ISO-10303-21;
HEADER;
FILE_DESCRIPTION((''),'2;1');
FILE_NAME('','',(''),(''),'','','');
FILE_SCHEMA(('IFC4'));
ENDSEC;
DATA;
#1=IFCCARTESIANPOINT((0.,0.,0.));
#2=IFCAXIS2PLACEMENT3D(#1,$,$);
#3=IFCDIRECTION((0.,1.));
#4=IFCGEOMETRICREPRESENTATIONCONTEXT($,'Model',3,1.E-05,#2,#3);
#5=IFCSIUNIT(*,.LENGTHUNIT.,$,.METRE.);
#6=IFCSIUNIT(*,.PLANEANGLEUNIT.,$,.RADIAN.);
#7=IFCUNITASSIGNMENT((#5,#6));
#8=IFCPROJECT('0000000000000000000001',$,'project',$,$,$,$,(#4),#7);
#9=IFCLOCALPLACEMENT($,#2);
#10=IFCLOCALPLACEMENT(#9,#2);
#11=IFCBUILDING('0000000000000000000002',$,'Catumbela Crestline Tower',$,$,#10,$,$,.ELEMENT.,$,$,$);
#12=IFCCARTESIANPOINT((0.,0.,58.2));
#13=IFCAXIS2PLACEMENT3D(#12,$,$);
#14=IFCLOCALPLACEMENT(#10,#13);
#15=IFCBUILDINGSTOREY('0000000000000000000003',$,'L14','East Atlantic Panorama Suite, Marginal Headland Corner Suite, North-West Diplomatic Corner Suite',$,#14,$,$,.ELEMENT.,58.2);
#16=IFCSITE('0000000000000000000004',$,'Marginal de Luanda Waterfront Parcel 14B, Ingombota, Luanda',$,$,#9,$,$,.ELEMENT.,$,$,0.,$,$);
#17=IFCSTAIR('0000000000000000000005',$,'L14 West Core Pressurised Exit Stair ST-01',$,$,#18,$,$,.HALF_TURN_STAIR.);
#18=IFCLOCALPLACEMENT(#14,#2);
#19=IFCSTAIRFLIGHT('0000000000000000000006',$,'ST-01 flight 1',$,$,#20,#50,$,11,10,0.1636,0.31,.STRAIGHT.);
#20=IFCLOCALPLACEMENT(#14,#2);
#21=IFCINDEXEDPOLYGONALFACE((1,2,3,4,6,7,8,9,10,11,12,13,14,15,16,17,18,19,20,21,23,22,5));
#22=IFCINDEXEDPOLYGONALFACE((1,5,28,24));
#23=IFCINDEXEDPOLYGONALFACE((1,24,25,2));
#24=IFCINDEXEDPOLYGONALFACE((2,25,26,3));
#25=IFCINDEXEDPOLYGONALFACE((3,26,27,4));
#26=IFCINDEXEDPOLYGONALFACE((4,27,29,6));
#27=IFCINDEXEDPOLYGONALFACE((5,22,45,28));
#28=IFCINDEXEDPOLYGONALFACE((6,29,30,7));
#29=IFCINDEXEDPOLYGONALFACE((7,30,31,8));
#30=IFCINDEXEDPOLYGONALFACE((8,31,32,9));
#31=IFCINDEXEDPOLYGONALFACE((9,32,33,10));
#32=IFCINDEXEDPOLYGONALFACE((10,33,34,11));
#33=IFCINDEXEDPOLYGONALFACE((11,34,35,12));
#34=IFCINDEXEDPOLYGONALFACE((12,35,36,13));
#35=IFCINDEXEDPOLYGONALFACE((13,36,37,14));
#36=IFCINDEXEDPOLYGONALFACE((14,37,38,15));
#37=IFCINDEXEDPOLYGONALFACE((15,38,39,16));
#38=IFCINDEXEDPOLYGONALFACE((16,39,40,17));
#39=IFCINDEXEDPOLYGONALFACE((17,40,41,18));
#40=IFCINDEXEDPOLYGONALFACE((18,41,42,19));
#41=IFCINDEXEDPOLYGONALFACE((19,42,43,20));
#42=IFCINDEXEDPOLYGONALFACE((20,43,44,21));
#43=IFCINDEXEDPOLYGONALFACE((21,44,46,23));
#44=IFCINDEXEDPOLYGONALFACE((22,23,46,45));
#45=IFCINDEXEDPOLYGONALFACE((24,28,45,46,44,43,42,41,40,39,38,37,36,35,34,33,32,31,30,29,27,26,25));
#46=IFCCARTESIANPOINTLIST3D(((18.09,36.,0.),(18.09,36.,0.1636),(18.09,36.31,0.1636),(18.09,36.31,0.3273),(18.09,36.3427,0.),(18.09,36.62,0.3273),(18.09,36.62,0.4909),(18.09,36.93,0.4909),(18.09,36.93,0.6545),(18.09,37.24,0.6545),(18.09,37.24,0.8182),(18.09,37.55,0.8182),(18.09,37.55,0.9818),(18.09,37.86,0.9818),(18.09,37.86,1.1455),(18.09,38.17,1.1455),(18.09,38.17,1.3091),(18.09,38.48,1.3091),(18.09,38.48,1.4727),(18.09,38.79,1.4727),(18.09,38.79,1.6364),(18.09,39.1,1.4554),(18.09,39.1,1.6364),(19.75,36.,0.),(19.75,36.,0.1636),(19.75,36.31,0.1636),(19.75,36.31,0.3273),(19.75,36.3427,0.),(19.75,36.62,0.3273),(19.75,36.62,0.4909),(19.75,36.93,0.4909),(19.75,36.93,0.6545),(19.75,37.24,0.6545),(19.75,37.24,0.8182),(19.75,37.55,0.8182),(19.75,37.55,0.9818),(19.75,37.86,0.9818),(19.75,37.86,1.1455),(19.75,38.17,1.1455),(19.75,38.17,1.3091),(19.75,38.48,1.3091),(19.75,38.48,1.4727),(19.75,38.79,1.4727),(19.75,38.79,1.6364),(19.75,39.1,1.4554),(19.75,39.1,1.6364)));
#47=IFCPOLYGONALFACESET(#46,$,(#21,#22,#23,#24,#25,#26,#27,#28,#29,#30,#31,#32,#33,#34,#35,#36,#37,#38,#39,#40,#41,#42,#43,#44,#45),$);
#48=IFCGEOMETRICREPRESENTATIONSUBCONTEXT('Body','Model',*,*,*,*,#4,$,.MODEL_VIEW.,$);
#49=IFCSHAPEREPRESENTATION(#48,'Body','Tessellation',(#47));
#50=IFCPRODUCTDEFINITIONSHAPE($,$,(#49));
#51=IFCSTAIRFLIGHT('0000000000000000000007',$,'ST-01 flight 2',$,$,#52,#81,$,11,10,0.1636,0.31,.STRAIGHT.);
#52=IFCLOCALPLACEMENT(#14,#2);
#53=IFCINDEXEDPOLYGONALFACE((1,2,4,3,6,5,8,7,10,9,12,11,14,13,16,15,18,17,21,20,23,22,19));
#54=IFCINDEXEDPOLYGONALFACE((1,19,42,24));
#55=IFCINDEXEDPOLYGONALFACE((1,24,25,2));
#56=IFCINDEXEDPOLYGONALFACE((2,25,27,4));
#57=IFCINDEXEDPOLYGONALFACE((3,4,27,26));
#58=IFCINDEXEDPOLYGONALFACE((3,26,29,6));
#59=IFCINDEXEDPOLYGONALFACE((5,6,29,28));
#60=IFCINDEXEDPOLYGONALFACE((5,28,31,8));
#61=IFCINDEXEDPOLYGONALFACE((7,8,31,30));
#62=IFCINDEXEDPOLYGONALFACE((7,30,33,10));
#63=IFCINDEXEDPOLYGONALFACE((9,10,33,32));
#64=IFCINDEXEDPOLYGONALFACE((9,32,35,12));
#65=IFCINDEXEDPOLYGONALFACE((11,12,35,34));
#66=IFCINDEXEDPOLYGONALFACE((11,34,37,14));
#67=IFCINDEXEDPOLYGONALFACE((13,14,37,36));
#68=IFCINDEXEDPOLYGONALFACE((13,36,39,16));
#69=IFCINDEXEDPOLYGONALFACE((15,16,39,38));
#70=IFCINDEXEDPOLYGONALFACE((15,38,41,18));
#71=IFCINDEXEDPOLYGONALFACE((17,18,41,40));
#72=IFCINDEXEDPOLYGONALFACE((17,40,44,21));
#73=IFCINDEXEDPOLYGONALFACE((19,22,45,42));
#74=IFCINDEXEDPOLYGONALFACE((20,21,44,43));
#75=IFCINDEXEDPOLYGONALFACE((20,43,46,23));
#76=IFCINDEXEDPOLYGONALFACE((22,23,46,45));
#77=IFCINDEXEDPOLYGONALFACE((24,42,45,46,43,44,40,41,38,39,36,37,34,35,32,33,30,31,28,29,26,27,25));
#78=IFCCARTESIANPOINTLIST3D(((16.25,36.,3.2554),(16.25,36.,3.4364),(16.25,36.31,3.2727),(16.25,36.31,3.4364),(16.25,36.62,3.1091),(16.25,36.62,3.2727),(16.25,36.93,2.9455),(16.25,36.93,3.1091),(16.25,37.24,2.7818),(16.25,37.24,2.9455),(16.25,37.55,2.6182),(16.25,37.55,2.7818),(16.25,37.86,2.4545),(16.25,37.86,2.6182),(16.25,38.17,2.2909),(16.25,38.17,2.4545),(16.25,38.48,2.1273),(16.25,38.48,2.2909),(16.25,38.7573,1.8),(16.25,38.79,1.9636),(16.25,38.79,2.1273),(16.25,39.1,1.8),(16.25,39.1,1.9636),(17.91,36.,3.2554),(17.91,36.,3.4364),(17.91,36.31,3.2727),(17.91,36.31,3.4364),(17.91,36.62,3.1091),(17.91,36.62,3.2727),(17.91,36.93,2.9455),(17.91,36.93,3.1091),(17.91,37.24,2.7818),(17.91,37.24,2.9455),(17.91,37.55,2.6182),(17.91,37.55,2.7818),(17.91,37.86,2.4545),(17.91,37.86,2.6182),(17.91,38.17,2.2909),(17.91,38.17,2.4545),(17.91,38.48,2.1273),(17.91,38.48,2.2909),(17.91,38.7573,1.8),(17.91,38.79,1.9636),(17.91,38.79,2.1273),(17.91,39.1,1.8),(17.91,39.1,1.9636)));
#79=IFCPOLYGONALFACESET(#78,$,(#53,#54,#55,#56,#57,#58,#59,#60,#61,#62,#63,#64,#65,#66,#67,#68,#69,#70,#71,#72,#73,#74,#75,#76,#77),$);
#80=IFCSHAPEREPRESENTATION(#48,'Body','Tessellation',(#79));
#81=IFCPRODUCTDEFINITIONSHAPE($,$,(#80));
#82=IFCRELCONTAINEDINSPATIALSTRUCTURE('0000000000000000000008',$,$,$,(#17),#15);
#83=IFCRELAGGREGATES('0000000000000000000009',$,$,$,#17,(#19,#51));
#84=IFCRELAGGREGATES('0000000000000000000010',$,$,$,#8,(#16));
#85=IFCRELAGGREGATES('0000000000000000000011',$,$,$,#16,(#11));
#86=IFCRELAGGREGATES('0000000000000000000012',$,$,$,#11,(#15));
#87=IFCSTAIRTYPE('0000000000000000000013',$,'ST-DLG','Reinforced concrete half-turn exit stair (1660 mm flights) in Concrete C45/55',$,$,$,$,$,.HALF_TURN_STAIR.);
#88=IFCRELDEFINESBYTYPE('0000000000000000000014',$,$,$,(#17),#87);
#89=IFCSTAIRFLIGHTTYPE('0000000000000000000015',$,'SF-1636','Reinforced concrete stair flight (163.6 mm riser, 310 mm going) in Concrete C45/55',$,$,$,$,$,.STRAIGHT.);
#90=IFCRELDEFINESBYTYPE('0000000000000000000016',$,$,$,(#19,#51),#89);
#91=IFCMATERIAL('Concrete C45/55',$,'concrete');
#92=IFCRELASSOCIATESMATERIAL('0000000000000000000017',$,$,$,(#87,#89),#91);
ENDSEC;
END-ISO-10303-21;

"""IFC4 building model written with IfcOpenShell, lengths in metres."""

from ifc_helpers import new_model, si_unit, direction, frame, origin, place, context, subcontext, project, spatial, polyline, outline, extrude, material, type_object, element, aggregate, save


model = new_model("IFC4")

# Units and contexts
model_context = context("Model", 3, precision=1e-05, world=origin(), true_north=direction((0.0, 1.0)))
body_context = subcontext(model_context, "Body", "Model", "MODEL_VIEW")
ifc_project = project(units=[si_unit("LENGTHUNIT", "METRE"), si_unit("PLANEANGLEUNIT", "RADIAN")], contexts=[model_context])

# Site, building, storey
site_placement = place(None, origin())
site = spatial("IfcSite", under=ifc_project, at=site_placement, Name="Marginal de Luanda Waterfront Parcel 14B, Ingombota, Luanda", CompositionType="ELEMENT", RefElevation=0.0)
building_placement = place(site_placement, origin())
building = spatial("IfcBuilding", under=site, at=building_placement, Name="Catumbela Crestline Tower", CompositionType="ELEMENT")
storey_placement = place(building_placement, frame((0.0, 0.0, 58.2)))
storey = spatial("IfcBuildingStorey", under=building, at=storey_placement, Name="L14", Description="East Atlantic Panorama Suite, Marginal Headland Corner Suite, North-West Diplomatic Corner Suite", CompositionType="ELEMENT", Elevation=58.2)

# Stair, stair flights
ifc_material_1 = material(Name="Concrete C45/55", Category="concrete")
stair_type = type_object("IfcStairType", Name="ST-DLG", Description="Reinforced concrete half-turn exit stair (1660 mm flights) in Concrete C45/55", PredefinedType="HALF_TURN_STAIR", material=ifc_material_1)
stair_placement = place(storey_placement, origin())
stair = element("IfcStair", 1, at=stair_placement, inside=storey, type_object=stair_type, Name="L14 West Core Pressurised Exit Stair ST-01", PredefinedType="HALF_TURN_STAIR")
stair_flight_type = type_object("IfcStairFlightType", Name="SF-1636", Description="Reinforced concrete stair flight (163.6 mm riser, 310 mm going) in Concrete C45/55", PredefinedType="STRAIGHT", material=ifc_material_1)
stair_flight_1_placement = place(storey_placement, frame((18.92, 36.0, 0.0), z_axis=(0.0, 0.0, 1.0), x_axis=(0.0, 1.0, 0.0)))
stair_flight_1 = element("IfcStairFlight", 2, at=stair_flight_1_placement, type_object=stair_flight_type, Name="ST-01 flight 1", NumberOfRisers=11, NumberOfTreads=10, PredefinedType="STRAIGHT", RiserHeight=0.1636, TreadLength=0.31, context=body_context, shape_type="SweptSolid", body=[
    extrude(outline(polyline([(0.0, 0.0), (0.0, 0.1636), (0.31, 0.1636), (0.31, 0.3273), (0.62, 0.3273), (0.62, 0.4909), (0.93, 0.4909), (0.93, 0.6545), (1.24, 0.6545), (1.24, 0.8182), (1.55, 0.8182), (1.55, 0.9818), (1.86, 0.9818), (1.86, 1.1455), (2.17, 1.1455), (2.17, 1.3091), (2.48, 1.3091), (2.48, 1.4727), (2.79, 1.4727), (2.79, 1.6364), (3.1, 1.6364), (3.1, 1.8), (3.1, 1.4554), (0.3427, 0.0), (0.0, 0.0)])), frame((0.0, 0.83, 0.0), z_axis=(0.0, -1.0, 0.0), x_axis=(1.0, 0.0, 0.0)), (0.0, 0.0, 1.0), 1.66),
])
stair_flight_2_placement = place(storey_placement, frame((17.08, 39.1, 1.8), z_axis=(0.0, 0.0, 1.0), x_axis=(0.0, -1.0, 0.0)))
stair_flight_2 = element("IfcStairFlight", 3, at=stair_flight_2_placement, type_object=stair_flight_type, Name="ST-01 flight 2", NumberOfRisers=11, NumberOfTreads=10, PredefinedType="STRAIGHT", RiserHeight=0.1636, TreadLength=0.31, context=body_context, shape_type="SweptSolid", body=[
    extrude(outline(polyline([(0.0, 0.0), (0.0, 0.1636), (0.31, 0.1636), (0.31, 0.3273), (0.62, 0.3273), (0.62, 0.4909), (0.93, 0.4909), (0.93, 0.6545), (1.24, 0.6545), (1.24, 0.8182), (1.55, 0.8182), (1.55, 0.9818), (1.86, 0.9818), (1.86, 1.1455), (2.17, 1.1455), (2.17, 1.3091), (2.48, 1.3091), (2.48, 1.4727), (2.79, 1.4727), (2.79, 1.6364), (3.1, 1.6364), (3.1, 1.8), (3.1, 1.4554), (0.3427, 0.0), (0.0, 0.0)])), frame((0.0, 0.83, 0.0), z_axis=(0.0, -1.0, 0.0), x_axis=(1.0, 0.0, 0.0)), (0.0, 0.0, 1.0), 1.66),
])
aggregate(stair, [stair_flight_1, stair_flight_2])

save(model, "model.ifc")
